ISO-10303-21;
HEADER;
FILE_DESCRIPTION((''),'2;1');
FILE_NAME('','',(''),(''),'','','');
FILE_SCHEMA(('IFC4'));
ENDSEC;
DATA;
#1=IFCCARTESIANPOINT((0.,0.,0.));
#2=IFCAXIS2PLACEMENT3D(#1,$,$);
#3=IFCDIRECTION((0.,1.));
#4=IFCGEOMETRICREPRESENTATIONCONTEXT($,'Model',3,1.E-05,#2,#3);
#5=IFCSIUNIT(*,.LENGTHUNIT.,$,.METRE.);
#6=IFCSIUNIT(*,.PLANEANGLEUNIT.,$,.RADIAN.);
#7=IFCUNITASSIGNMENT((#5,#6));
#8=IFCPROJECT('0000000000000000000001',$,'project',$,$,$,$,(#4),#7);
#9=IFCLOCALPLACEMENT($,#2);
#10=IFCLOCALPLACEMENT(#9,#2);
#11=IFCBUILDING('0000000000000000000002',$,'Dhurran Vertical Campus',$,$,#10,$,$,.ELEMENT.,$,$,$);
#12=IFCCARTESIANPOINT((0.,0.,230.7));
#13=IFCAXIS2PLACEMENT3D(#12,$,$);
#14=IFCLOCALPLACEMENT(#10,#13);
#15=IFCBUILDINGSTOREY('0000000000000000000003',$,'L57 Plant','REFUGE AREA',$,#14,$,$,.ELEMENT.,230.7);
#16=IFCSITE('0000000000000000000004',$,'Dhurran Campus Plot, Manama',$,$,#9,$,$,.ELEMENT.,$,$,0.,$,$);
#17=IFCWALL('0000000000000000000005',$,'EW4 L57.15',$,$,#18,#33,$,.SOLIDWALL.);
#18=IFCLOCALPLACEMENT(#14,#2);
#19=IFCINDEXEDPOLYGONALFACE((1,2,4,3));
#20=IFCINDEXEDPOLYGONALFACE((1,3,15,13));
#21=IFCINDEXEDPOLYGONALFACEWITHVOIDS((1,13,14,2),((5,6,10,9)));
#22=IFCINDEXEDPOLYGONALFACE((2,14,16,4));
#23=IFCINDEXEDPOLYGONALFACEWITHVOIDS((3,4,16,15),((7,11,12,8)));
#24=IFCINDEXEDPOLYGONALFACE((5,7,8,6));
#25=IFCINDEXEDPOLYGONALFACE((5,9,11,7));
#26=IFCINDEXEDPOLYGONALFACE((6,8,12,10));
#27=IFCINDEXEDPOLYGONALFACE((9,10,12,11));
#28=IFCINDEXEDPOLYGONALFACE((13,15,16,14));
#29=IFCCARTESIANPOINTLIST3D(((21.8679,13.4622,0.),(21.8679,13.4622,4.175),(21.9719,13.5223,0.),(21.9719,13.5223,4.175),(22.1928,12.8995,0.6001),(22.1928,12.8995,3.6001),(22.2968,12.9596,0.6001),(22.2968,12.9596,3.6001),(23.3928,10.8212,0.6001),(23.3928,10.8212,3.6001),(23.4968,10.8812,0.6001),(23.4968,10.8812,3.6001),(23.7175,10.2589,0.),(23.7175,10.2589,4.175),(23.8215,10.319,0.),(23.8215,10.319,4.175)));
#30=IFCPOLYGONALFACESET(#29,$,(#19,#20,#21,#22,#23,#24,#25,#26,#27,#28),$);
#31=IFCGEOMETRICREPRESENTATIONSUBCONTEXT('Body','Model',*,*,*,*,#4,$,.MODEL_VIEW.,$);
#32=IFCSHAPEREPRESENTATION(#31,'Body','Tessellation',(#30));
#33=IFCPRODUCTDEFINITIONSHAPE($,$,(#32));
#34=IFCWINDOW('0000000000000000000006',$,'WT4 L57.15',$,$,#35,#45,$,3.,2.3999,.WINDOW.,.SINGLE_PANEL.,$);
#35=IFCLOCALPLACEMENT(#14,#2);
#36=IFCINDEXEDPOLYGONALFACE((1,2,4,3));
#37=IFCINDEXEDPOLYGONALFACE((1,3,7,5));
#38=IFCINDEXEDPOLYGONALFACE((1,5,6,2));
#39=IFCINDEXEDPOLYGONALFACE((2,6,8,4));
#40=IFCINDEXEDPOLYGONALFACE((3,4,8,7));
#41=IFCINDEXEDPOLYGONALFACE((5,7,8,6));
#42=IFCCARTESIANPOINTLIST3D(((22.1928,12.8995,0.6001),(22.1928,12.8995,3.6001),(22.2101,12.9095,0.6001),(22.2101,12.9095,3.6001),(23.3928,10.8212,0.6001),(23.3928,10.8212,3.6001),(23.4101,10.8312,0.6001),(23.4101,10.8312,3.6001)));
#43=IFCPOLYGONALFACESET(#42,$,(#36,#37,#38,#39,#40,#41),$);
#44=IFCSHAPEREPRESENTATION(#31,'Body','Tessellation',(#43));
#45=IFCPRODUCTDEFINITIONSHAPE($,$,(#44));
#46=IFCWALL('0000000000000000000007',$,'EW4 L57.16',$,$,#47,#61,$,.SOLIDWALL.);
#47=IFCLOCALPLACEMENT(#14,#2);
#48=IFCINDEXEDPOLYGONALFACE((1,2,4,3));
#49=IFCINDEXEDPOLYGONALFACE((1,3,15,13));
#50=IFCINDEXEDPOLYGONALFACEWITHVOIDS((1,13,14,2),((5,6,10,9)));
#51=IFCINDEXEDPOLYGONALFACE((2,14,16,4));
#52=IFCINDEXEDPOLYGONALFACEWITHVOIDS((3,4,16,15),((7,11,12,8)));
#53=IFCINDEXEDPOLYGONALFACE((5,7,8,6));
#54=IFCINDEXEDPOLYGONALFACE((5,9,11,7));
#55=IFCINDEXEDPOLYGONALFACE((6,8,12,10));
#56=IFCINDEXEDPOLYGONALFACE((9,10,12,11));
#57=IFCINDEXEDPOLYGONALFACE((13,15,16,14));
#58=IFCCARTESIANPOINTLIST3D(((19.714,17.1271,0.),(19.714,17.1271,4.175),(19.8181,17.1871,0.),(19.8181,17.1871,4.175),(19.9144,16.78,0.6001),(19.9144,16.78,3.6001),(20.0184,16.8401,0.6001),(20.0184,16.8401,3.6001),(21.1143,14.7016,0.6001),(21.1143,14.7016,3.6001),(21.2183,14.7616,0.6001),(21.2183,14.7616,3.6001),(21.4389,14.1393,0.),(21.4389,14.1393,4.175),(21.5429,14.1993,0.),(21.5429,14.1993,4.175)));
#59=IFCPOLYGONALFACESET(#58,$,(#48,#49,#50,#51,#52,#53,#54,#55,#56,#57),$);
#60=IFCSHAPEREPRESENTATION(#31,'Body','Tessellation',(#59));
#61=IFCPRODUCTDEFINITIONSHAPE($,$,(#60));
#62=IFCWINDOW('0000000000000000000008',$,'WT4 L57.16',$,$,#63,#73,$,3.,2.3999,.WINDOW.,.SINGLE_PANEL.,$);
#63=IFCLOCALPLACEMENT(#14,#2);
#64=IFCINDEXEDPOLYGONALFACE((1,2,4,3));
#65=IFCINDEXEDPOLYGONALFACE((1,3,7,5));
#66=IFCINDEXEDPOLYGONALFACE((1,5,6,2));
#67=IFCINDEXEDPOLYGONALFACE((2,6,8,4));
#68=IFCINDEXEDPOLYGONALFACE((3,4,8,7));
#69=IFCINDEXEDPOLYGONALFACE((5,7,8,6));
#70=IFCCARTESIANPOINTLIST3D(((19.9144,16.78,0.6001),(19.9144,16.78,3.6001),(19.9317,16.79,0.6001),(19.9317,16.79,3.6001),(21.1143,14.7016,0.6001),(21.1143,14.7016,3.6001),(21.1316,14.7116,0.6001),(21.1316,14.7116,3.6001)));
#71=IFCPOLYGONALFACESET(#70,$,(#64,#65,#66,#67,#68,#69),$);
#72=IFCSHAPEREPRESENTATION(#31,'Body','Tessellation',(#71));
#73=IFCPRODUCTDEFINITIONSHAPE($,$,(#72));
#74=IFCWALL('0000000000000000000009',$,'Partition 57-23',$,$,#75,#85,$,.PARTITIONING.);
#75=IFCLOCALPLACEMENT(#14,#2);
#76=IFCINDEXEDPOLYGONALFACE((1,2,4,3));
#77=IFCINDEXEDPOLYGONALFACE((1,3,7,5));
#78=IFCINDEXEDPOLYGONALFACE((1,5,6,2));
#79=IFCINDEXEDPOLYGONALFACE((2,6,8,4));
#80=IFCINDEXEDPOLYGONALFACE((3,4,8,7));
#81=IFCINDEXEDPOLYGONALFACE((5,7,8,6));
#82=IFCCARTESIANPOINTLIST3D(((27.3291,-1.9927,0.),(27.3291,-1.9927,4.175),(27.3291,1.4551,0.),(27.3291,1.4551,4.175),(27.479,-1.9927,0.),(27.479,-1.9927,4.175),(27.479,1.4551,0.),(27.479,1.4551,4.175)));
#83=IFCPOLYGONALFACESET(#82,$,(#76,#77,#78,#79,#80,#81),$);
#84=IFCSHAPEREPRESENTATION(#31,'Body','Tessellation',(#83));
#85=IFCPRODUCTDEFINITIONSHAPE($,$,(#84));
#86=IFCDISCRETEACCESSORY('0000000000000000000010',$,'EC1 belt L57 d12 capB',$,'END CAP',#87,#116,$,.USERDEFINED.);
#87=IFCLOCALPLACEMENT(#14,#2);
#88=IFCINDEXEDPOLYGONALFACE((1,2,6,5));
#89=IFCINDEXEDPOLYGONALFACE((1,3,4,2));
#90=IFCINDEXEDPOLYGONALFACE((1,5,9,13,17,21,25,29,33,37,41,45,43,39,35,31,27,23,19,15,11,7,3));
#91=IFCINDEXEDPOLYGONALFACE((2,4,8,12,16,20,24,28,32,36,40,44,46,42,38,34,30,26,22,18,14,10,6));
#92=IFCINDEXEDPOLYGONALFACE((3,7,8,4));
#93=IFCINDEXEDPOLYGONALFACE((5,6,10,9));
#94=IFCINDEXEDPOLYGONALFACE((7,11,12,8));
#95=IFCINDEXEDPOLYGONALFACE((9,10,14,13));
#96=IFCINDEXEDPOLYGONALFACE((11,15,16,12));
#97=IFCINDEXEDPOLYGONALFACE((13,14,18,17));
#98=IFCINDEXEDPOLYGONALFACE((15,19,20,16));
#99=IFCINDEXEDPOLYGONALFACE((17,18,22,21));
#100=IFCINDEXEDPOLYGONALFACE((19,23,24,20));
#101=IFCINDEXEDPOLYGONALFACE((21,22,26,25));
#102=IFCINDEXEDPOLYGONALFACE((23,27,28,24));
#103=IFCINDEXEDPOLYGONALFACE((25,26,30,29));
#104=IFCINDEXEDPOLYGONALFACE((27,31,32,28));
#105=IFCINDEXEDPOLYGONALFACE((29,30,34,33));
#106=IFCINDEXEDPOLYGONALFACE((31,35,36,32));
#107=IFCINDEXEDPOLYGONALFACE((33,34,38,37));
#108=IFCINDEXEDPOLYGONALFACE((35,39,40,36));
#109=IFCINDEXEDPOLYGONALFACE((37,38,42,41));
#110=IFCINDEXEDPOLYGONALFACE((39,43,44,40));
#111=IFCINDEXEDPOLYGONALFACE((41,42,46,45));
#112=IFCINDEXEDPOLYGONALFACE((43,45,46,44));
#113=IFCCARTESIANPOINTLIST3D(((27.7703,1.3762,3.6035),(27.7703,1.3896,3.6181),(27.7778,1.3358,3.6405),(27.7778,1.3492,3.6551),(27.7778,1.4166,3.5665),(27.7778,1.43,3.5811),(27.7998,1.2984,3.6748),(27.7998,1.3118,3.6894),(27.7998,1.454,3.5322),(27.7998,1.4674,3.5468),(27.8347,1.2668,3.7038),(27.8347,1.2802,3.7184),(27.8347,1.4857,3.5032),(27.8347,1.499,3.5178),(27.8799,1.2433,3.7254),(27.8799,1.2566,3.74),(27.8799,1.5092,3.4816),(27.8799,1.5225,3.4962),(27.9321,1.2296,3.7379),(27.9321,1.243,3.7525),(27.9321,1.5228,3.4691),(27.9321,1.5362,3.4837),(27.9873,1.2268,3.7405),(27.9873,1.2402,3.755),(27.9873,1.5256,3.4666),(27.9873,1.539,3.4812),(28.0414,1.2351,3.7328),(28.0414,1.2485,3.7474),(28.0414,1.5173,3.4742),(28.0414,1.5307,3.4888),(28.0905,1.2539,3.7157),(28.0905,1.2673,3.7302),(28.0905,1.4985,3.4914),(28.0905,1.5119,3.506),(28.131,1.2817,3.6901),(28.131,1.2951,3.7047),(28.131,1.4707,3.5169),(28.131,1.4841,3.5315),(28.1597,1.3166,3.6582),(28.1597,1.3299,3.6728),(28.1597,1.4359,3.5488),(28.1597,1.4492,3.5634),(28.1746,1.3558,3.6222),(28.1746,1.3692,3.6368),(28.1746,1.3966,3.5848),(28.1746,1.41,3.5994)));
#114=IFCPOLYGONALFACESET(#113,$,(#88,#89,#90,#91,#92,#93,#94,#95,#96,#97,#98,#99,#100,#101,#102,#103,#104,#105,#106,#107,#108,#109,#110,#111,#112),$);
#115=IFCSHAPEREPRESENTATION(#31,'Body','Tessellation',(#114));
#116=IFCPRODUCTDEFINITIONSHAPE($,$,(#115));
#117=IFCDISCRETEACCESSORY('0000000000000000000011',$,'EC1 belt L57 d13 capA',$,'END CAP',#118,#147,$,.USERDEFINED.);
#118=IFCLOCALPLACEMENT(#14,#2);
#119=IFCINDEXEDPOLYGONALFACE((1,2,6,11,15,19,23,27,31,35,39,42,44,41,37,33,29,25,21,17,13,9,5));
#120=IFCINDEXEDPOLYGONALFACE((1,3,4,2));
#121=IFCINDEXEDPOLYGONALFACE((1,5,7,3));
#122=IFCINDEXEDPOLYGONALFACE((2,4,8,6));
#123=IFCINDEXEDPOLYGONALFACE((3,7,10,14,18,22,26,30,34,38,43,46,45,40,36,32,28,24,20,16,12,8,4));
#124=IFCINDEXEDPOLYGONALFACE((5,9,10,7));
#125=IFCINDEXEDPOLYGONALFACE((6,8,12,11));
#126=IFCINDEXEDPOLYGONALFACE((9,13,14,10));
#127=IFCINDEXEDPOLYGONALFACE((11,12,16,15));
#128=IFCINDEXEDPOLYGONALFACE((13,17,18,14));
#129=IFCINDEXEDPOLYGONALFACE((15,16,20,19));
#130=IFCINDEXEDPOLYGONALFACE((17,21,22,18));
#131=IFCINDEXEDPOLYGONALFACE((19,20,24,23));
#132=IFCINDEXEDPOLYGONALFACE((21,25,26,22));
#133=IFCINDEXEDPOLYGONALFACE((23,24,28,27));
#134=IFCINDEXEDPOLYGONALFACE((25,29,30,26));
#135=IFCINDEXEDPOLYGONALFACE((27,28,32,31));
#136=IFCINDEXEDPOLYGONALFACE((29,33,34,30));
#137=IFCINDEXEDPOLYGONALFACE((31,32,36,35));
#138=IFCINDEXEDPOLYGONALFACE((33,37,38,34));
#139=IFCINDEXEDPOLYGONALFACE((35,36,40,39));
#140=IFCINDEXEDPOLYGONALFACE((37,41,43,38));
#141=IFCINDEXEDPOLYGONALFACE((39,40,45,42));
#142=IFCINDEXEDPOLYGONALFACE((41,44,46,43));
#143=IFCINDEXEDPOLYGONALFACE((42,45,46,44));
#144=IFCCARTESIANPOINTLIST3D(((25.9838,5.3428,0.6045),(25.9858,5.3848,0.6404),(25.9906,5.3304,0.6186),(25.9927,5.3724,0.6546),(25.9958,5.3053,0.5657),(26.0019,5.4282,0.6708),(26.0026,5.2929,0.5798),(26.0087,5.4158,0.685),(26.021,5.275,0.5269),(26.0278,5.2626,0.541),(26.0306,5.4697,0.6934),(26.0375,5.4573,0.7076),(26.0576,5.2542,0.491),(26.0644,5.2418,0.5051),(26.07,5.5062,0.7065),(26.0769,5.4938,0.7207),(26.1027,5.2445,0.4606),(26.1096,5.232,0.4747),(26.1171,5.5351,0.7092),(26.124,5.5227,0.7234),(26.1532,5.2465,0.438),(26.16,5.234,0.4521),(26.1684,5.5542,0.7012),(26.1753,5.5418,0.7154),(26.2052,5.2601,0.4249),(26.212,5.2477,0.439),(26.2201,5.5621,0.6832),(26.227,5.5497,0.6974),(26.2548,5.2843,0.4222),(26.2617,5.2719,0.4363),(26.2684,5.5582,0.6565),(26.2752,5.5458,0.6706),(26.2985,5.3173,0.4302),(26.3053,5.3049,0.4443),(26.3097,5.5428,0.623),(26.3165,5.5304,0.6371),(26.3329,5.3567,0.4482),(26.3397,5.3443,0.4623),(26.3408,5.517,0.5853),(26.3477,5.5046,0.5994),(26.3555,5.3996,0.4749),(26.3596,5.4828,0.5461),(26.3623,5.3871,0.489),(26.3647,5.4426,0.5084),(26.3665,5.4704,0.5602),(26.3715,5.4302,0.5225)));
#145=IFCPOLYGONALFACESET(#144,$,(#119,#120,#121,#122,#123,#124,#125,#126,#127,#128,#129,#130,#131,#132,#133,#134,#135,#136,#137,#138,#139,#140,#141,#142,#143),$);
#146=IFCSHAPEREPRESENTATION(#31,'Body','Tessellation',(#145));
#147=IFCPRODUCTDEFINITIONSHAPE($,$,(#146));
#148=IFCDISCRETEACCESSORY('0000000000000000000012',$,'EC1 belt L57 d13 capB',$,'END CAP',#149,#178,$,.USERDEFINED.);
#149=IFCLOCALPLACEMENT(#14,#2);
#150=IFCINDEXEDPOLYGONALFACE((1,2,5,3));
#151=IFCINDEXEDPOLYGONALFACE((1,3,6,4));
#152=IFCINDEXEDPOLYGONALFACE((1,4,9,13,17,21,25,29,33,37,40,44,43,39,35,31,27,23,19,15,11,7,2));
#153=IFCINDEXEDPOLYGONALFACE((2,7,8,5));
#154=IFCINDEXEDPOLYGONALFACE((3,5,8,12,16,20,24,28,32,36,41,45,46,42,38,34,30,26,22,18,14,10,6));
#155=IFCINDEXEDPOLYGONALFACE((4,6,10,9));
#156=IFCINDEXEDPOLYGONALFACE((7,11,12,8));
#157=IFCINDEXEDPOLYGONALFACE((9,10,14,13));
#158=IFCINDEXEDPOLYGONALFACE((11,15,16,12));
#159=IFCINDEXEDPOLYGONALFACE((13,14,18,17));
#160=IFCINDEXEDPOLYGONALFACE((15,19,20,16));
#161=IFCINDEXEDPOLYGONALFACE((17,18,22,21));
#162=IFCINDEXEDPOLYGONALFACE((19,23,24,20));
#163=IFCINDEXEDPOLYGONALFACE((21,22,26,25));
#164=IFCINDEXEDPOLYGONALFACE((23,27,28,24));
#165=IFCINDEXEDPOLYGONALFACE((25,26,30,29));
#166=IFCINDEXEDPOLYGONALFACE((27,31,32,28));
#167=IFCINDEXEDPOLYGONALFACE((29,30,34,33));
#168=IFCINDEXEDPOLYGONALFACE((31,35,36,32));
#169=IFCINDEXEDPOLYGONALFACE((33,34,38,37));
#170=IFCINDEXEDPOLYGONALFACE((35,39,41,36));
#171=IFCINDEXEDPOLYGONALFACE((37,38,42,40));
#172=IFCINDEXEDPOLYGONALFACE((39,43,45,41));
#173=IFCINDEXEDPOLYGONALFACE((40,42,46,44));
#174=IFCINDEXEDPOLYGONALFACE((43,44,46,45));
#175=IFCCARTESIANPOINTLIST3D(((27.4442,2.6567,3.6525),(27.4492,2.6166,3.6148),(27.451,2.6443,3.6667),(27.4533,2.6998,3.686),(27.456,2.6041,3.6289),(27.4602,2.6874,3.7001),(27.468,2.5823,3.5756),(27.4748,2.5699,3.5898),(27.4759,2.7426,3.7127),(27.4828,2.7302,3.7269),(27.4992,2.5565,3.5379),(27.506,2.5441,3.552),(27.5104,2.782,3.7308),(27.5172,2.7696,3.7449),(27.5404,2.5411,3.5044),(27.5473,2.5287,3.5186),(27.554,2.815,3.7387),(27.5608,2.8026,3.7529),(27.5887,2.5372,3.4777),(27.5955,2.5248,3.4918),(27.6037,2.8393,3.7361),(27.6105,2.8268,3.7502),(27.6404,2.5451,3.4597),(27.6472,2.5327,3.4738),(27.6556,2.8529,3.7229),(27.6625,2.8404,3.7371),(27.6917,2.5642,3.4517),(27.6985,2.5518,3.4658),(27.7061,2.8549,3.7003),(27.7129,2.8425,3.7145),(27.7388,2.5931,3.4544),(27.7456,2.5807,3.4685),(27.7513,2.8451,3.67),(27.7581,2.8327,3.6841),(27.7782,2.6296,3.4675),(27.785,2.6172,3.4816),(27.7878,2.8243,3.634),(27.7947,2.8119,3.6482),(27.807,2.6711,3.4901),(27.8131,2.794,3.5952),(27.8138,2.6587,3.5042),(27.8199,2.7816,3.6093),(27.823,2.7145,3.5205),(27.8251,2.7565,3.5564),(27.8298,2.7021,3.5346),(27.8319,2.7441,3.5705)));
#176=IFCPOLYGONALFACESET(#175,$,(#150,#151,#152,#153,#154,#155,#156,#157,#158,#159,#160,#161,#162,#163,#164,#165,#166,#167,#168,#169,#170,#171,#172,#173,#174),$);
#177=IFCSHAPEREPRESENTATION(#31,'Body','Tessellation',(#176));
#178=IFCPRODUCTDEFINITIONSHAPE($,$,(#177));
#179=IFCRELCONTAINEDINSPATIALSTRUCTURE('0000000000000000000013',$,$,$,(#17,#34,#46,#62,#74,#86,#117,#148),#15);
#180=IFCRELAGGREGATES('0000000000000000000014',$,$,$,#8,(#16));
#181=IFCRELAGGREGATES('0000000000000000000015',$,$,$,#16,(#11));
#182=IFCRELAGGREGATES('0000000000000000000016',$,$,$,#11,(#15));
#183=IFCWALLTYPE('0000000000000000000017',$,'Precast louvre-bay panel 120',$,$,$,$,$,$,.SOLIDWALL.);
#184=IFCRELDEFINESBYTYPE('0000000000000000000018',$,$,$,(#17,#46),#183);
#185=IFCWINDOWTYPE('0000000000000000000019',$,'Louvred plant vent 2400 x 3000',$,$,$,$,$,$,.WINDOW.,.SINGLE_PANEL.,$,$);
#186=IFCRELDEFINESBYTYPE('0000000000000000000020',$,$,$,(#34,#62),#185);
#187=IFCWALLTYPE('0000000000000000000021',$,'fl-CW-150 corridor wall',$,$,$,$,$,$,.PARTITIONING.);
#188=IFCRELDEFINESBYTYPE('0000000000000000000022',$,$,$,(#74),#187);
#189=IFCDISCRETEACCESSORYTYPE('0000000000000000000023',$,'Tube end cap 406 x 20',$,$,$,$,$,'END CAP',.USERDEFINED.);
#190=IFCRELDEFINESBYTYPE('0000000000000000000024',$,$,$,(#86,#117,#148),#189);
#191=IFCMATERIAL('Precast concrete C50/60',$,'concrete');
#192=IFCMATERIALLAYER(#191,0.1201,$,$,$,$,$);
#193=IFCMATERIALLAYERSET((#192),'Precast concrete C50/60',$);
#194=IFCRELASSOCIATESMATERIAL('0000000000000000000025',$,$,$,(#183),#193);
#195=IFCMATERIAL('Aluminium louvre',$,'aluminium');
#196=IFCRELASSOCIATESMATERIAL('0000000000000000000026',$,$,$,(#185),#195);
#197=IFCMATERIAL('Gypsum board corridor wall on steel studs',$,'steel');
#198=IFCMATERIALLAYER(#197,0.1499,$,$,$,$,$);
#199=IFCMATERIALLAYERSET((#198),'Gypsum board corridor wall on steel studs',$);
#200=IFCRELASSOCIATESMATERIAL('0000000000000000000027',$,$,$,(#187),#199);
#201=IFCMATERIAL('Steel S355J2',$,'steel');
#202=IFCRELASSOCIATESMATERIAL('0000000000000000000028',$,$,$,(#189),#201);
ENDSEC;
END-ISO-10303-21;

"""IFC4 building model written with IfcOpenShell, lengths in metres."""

from ifc_helpers import new_model, si_unit, direction, frame, frame_2d, origin, origin_2d, place, context, subcontext, project, spatial, rectangle, circle, extrude, material, layer, layer_set, material_profile, profile_set, type_object, element, fill, save


model = new_model("IFC4")

# Units and contexts
model_context = context("Model", 3, precision=1e-05, world=origin(), true_north=direction((0.0, 1.0)))
body_context = subcontext(model_context, "Body", "Model", "MODEL_VIEW")
ifc_project = project(units=[si_unit("LENGTHUNIT", "METRE"), si_unit("PLANEANGLEUNIT", "RADIAN")], contexts=[model_context])

# Site, building, storey
site_placement = place(None, origin())
site = spatial("IfcSite", under=ifc_project, at=site_placement, Name="Dhurran Campus Plot, Manama", CompositionType="ELEMENT", RefElevation=0.0)
building_placement = place(site_placement, origin())
building = spatial("IfcBuilding", under=site, at=building_placement, Name="Dhurran Vertical Campus", CompositionType="ELEMENT")
storey_placement = place(building_placement, frame((0.0, 0.0, 230.7)))
storey = spatial("IfcBuildingStorey", under=building, at=storey_placement, Name="L57 Plant", Description="REFUGE AREA", CompositionType="ELEMENT", Elevation=230.7)

# Walls, openings, windows
ifc_material_1 = material(Name="Precast concrete C50/60", Category="concrete")
ifc_layer_1 = layer(ifc_material_1, 0.1201)
ifc_layer_set_1 = layer_set([ifc_layer_1], Name="Precast concrete C50/60")
wall_type_1 = type_object("IfcWallType", Name="Precast louvre-bay panel 120", PredefinedType="SOLIDWALL", material=ifc_layer_set_1)
ifc_material_2 = material(Name="Aluminium louvre", Category="aluminium")
window_type = type_object("IfcWindowType", Name="Louvred plant vent 2400 x 3000", PartitioningType="SINGLE_PANEL", PredefinedType="WINDOW", material=ifc_material_2)
wall_1_placement = place(storey_placement, frame((23.7695, 10.2888, 0.0), z_axis=(0.0, 0.0, 1.0), x_axis=(-0.500029, 0.866009, 0.0)))
wall_1 = element("IfcWall", 1, at=wall_1_placement, inside=storey, type_object=wall_type_1, Name="EW4 L57.15", PredefinedType="SOLIDWALL", context=body_context, shape_type="SweptSolid", body=[
    extrude(rectangle(XDim=3.699, YDim=0.1201, at=frame_2d((1.8496, 0.0))), origin(), (0.0, 0.0, 1.0), 4.175),
])
opening_1_placement = place(wall_1_placement, frame((0.6494, 0.0, 0.6001)))
opening_1 = element("IfcOpeningElement", 2, at=opening_1_placement, cuts=wall_1, PredefinedType="OPENING", context=body_context, shape_type="SweptSolid", body=[
    extrude(rectangle(XDim=2.3999, YDim=3.0, at=frame_2d((1.2, 1.5))), frame((0.0, 0.0701, 0.0), z_axis=(0.0, -1.0, 0.0), x_axis=(1.0, 0.0, 0.0)), (0.0, 0.0, 1.0), 0.1401),
])
window_1_placement = place(opening_1_placement, origin())
window_1 = element("IfcWindow", 3, at=window_1_placement, inside=storey, type_object=window_type, Name="WT4 L57.15", OverallHeight=3.0, OverallWidth=2.3999, PartitioningType="SINGLE_PANEL", PredefinedType="WINDOW", context=body_context, shape_type="SweptSolid", body=[
    extrude(rectangle(XDim=2.3999, YDim=3.0, at=frame_2d((1.2, 1.5))), frame((0.0, 0.0601, 0.0), z_axis=(0.0, -1.0, 0.0), x_axis=(1.0, 0.0, 0.0)), (0.0, 0.0, 1.0), 0.02),
])
fill(opening_1, window_1)
wall_2_placement = place(storey_placement, frame((21.491, 14.1692, 0.0), z_axis=(0.0, 0.0, 1.0), x_axis=(-0.499967, 0.866044, 0.0)))
wall_2 = element("IfcWall", 4, at=wall_2_placement, inside=storey, type_object=wall_type_1, Name="EW4 L57.16", PredefinedType="SOLIDWALL", context=body_context, shape_type="SweptSolid", body=[
    extrude(rectangle(XDim=3.45, YDim=0.1201, at=frame_2d((1.7251, 0.0))), origin(), (0.0, 0.0, 1.0), 4.175),
])
opening_2_placement = place(wall_2_placement, frame((0.6494, 0.0, 0.6001)))
opening_2 = element("IfcOpeningElement", 5, at=opening_2_placement, cuts=wall_2, PredefinedType="OPENING", context=body_context, shape_type="SweptSolid", body=[
    extrude(rectangle(XDim=2.3999, YDim=3.0, at=frame_2d((1.2, 1.5))), frame((0.0, 0.0701, 0.0), z_axis=(0.0, -1.0, 0.0), x_axis=(1.0, 0.0, 0.0)), (0.0, 0.0, 1.0), 0.1401),
])
window_2_placement = place(opening_2_placement, origin())
window_2 = element("IfcWindow", 6, at=window_2_placement, inside=storey, type_object=window_type, Name="WT4 L57.16", OverallHeight=3.0, OverallWidth=2.3999, PartitioningType="SINGLE_PANEL", PredefinedType="WINDOW", context=body_context, shape_type="SweptSolid", body=[
    extrude(rectangle(XDim=2.3999, YDim=3.0, at=frame_2d((1.2, 1.5))), frame((0.0, 0.0601, 0.0), z_axis=(0.0, -1.0, 0.0), x_axis=(1.0, 0.0, 0.0)), (0.0, 0.0, 1.0), 0.02),
])
fill(opening_2, window_2)

# Wall
ifc_material_3 = material(Name="Gypsum board corridor wall on steel studs", Category="steel")
ifc_layer_2 = layer(ifc_material_3, 0.1499)
ifc_layer_set_2 = layer_set([ifc_layer_2], Name="Gypsum board corridor wall on steel studs")
wall_type_2 = type_object("IfcWallType", Name="fl-CW-150 corridor wall", PredefinedType="PARTITIONING", material=ifc_layer_set_2)
wall_3_placement = place(storey_placement, frame((27.4041, 1.4551, 0.0), z_axis=(0.0, 0.0, 1.0), x_axis=(0.0, -1.0, 0.0)))
element("IfcWall", 7, at=wall_3_placement, inside=storey, type_object=wall_type_2, Name="Partition 57-23", PredefinedType="PARTITIONING", context=body_context, shape_type="SweptSolid", body=[
    extrude(rectangle(XDim=3.4478, YDim=0.1499, at=frame_2d((1.7239, 0.0))), origin(), (0.0, 0.0, 1.0), 4.175),
])

# Discrete accessories
ifc_material_4 = material(Name="Steel S355J2", Category="steel")
ifc_material_profile_1 = material_profile(ifc_material_4, circle(Radius=0.2031, at=origin_2d()), Name="Tube end cap 406 x 20")
ifc_profile_set_1 = profile_set([ifc_material_profile_1], Name="Steel S355J2")
discrete_accessory_type = type_object("IfcDiscreteAccessoryType", Name="Tube end cap 406 x 20", ElementType="END CAP", PredefinedType="USERDEFINED", material=ifc_profile_set_1)
discrete_accessory_placement = place(storey_placement, frame((27.9734, 1.3762, 3.6035), z_axis=(0.0, 0.675725, 0.737154), x_axis=(-1.0, 0.0, 0.0)))
element("IfcDiscreteAccessory", 8, at=discrete_accessory_placement, inside=storey, type_object=discrete_accessory_type, Name="EC1 belt L57 d12 capB", ObjectType="END CAP", PredefinedType="USERDEFINED", context=body_context, shape_type="SweptSolid", body=[
    extrude(circle(Radius=0.2031, at=origin_2d()), origin(), (0.0, 0.0, 1.0), 0.0198),
])
for number, where, z_axis, x_axis, name in (
    (9, (26.1807, 5.3906, 0.5798), (-0.34083, 0.620798, -0.706006), (-0.876579, -0.481259, 0.0), "EC1 belt L57 d13 capA"),
    (10, (27.635, 2.6963, 3.5952), (0.34083, -0.620798, 0.706006), (0.876579, 0.481259, 0.0), "EC1 belt L57 d13 capB"),
):
    element("IfcDiscreteAccessory", number, at=place(storey_placement, frame(where, z_axis=z_axis, x_axis=x_axis)), inside=storey, type_object=discrete_accessory_type, Name=name, ObjectType="END CAP", PredefinedType="USERDEFINED", context=body_context, shape_type="SweptSolid", body=[
        extrude(circle(Radius=0.2031, at=origin_2d()), origin(), (0.0, 0.0, 1.0), 0.02),
    ])

save(model, "model.ifc")
